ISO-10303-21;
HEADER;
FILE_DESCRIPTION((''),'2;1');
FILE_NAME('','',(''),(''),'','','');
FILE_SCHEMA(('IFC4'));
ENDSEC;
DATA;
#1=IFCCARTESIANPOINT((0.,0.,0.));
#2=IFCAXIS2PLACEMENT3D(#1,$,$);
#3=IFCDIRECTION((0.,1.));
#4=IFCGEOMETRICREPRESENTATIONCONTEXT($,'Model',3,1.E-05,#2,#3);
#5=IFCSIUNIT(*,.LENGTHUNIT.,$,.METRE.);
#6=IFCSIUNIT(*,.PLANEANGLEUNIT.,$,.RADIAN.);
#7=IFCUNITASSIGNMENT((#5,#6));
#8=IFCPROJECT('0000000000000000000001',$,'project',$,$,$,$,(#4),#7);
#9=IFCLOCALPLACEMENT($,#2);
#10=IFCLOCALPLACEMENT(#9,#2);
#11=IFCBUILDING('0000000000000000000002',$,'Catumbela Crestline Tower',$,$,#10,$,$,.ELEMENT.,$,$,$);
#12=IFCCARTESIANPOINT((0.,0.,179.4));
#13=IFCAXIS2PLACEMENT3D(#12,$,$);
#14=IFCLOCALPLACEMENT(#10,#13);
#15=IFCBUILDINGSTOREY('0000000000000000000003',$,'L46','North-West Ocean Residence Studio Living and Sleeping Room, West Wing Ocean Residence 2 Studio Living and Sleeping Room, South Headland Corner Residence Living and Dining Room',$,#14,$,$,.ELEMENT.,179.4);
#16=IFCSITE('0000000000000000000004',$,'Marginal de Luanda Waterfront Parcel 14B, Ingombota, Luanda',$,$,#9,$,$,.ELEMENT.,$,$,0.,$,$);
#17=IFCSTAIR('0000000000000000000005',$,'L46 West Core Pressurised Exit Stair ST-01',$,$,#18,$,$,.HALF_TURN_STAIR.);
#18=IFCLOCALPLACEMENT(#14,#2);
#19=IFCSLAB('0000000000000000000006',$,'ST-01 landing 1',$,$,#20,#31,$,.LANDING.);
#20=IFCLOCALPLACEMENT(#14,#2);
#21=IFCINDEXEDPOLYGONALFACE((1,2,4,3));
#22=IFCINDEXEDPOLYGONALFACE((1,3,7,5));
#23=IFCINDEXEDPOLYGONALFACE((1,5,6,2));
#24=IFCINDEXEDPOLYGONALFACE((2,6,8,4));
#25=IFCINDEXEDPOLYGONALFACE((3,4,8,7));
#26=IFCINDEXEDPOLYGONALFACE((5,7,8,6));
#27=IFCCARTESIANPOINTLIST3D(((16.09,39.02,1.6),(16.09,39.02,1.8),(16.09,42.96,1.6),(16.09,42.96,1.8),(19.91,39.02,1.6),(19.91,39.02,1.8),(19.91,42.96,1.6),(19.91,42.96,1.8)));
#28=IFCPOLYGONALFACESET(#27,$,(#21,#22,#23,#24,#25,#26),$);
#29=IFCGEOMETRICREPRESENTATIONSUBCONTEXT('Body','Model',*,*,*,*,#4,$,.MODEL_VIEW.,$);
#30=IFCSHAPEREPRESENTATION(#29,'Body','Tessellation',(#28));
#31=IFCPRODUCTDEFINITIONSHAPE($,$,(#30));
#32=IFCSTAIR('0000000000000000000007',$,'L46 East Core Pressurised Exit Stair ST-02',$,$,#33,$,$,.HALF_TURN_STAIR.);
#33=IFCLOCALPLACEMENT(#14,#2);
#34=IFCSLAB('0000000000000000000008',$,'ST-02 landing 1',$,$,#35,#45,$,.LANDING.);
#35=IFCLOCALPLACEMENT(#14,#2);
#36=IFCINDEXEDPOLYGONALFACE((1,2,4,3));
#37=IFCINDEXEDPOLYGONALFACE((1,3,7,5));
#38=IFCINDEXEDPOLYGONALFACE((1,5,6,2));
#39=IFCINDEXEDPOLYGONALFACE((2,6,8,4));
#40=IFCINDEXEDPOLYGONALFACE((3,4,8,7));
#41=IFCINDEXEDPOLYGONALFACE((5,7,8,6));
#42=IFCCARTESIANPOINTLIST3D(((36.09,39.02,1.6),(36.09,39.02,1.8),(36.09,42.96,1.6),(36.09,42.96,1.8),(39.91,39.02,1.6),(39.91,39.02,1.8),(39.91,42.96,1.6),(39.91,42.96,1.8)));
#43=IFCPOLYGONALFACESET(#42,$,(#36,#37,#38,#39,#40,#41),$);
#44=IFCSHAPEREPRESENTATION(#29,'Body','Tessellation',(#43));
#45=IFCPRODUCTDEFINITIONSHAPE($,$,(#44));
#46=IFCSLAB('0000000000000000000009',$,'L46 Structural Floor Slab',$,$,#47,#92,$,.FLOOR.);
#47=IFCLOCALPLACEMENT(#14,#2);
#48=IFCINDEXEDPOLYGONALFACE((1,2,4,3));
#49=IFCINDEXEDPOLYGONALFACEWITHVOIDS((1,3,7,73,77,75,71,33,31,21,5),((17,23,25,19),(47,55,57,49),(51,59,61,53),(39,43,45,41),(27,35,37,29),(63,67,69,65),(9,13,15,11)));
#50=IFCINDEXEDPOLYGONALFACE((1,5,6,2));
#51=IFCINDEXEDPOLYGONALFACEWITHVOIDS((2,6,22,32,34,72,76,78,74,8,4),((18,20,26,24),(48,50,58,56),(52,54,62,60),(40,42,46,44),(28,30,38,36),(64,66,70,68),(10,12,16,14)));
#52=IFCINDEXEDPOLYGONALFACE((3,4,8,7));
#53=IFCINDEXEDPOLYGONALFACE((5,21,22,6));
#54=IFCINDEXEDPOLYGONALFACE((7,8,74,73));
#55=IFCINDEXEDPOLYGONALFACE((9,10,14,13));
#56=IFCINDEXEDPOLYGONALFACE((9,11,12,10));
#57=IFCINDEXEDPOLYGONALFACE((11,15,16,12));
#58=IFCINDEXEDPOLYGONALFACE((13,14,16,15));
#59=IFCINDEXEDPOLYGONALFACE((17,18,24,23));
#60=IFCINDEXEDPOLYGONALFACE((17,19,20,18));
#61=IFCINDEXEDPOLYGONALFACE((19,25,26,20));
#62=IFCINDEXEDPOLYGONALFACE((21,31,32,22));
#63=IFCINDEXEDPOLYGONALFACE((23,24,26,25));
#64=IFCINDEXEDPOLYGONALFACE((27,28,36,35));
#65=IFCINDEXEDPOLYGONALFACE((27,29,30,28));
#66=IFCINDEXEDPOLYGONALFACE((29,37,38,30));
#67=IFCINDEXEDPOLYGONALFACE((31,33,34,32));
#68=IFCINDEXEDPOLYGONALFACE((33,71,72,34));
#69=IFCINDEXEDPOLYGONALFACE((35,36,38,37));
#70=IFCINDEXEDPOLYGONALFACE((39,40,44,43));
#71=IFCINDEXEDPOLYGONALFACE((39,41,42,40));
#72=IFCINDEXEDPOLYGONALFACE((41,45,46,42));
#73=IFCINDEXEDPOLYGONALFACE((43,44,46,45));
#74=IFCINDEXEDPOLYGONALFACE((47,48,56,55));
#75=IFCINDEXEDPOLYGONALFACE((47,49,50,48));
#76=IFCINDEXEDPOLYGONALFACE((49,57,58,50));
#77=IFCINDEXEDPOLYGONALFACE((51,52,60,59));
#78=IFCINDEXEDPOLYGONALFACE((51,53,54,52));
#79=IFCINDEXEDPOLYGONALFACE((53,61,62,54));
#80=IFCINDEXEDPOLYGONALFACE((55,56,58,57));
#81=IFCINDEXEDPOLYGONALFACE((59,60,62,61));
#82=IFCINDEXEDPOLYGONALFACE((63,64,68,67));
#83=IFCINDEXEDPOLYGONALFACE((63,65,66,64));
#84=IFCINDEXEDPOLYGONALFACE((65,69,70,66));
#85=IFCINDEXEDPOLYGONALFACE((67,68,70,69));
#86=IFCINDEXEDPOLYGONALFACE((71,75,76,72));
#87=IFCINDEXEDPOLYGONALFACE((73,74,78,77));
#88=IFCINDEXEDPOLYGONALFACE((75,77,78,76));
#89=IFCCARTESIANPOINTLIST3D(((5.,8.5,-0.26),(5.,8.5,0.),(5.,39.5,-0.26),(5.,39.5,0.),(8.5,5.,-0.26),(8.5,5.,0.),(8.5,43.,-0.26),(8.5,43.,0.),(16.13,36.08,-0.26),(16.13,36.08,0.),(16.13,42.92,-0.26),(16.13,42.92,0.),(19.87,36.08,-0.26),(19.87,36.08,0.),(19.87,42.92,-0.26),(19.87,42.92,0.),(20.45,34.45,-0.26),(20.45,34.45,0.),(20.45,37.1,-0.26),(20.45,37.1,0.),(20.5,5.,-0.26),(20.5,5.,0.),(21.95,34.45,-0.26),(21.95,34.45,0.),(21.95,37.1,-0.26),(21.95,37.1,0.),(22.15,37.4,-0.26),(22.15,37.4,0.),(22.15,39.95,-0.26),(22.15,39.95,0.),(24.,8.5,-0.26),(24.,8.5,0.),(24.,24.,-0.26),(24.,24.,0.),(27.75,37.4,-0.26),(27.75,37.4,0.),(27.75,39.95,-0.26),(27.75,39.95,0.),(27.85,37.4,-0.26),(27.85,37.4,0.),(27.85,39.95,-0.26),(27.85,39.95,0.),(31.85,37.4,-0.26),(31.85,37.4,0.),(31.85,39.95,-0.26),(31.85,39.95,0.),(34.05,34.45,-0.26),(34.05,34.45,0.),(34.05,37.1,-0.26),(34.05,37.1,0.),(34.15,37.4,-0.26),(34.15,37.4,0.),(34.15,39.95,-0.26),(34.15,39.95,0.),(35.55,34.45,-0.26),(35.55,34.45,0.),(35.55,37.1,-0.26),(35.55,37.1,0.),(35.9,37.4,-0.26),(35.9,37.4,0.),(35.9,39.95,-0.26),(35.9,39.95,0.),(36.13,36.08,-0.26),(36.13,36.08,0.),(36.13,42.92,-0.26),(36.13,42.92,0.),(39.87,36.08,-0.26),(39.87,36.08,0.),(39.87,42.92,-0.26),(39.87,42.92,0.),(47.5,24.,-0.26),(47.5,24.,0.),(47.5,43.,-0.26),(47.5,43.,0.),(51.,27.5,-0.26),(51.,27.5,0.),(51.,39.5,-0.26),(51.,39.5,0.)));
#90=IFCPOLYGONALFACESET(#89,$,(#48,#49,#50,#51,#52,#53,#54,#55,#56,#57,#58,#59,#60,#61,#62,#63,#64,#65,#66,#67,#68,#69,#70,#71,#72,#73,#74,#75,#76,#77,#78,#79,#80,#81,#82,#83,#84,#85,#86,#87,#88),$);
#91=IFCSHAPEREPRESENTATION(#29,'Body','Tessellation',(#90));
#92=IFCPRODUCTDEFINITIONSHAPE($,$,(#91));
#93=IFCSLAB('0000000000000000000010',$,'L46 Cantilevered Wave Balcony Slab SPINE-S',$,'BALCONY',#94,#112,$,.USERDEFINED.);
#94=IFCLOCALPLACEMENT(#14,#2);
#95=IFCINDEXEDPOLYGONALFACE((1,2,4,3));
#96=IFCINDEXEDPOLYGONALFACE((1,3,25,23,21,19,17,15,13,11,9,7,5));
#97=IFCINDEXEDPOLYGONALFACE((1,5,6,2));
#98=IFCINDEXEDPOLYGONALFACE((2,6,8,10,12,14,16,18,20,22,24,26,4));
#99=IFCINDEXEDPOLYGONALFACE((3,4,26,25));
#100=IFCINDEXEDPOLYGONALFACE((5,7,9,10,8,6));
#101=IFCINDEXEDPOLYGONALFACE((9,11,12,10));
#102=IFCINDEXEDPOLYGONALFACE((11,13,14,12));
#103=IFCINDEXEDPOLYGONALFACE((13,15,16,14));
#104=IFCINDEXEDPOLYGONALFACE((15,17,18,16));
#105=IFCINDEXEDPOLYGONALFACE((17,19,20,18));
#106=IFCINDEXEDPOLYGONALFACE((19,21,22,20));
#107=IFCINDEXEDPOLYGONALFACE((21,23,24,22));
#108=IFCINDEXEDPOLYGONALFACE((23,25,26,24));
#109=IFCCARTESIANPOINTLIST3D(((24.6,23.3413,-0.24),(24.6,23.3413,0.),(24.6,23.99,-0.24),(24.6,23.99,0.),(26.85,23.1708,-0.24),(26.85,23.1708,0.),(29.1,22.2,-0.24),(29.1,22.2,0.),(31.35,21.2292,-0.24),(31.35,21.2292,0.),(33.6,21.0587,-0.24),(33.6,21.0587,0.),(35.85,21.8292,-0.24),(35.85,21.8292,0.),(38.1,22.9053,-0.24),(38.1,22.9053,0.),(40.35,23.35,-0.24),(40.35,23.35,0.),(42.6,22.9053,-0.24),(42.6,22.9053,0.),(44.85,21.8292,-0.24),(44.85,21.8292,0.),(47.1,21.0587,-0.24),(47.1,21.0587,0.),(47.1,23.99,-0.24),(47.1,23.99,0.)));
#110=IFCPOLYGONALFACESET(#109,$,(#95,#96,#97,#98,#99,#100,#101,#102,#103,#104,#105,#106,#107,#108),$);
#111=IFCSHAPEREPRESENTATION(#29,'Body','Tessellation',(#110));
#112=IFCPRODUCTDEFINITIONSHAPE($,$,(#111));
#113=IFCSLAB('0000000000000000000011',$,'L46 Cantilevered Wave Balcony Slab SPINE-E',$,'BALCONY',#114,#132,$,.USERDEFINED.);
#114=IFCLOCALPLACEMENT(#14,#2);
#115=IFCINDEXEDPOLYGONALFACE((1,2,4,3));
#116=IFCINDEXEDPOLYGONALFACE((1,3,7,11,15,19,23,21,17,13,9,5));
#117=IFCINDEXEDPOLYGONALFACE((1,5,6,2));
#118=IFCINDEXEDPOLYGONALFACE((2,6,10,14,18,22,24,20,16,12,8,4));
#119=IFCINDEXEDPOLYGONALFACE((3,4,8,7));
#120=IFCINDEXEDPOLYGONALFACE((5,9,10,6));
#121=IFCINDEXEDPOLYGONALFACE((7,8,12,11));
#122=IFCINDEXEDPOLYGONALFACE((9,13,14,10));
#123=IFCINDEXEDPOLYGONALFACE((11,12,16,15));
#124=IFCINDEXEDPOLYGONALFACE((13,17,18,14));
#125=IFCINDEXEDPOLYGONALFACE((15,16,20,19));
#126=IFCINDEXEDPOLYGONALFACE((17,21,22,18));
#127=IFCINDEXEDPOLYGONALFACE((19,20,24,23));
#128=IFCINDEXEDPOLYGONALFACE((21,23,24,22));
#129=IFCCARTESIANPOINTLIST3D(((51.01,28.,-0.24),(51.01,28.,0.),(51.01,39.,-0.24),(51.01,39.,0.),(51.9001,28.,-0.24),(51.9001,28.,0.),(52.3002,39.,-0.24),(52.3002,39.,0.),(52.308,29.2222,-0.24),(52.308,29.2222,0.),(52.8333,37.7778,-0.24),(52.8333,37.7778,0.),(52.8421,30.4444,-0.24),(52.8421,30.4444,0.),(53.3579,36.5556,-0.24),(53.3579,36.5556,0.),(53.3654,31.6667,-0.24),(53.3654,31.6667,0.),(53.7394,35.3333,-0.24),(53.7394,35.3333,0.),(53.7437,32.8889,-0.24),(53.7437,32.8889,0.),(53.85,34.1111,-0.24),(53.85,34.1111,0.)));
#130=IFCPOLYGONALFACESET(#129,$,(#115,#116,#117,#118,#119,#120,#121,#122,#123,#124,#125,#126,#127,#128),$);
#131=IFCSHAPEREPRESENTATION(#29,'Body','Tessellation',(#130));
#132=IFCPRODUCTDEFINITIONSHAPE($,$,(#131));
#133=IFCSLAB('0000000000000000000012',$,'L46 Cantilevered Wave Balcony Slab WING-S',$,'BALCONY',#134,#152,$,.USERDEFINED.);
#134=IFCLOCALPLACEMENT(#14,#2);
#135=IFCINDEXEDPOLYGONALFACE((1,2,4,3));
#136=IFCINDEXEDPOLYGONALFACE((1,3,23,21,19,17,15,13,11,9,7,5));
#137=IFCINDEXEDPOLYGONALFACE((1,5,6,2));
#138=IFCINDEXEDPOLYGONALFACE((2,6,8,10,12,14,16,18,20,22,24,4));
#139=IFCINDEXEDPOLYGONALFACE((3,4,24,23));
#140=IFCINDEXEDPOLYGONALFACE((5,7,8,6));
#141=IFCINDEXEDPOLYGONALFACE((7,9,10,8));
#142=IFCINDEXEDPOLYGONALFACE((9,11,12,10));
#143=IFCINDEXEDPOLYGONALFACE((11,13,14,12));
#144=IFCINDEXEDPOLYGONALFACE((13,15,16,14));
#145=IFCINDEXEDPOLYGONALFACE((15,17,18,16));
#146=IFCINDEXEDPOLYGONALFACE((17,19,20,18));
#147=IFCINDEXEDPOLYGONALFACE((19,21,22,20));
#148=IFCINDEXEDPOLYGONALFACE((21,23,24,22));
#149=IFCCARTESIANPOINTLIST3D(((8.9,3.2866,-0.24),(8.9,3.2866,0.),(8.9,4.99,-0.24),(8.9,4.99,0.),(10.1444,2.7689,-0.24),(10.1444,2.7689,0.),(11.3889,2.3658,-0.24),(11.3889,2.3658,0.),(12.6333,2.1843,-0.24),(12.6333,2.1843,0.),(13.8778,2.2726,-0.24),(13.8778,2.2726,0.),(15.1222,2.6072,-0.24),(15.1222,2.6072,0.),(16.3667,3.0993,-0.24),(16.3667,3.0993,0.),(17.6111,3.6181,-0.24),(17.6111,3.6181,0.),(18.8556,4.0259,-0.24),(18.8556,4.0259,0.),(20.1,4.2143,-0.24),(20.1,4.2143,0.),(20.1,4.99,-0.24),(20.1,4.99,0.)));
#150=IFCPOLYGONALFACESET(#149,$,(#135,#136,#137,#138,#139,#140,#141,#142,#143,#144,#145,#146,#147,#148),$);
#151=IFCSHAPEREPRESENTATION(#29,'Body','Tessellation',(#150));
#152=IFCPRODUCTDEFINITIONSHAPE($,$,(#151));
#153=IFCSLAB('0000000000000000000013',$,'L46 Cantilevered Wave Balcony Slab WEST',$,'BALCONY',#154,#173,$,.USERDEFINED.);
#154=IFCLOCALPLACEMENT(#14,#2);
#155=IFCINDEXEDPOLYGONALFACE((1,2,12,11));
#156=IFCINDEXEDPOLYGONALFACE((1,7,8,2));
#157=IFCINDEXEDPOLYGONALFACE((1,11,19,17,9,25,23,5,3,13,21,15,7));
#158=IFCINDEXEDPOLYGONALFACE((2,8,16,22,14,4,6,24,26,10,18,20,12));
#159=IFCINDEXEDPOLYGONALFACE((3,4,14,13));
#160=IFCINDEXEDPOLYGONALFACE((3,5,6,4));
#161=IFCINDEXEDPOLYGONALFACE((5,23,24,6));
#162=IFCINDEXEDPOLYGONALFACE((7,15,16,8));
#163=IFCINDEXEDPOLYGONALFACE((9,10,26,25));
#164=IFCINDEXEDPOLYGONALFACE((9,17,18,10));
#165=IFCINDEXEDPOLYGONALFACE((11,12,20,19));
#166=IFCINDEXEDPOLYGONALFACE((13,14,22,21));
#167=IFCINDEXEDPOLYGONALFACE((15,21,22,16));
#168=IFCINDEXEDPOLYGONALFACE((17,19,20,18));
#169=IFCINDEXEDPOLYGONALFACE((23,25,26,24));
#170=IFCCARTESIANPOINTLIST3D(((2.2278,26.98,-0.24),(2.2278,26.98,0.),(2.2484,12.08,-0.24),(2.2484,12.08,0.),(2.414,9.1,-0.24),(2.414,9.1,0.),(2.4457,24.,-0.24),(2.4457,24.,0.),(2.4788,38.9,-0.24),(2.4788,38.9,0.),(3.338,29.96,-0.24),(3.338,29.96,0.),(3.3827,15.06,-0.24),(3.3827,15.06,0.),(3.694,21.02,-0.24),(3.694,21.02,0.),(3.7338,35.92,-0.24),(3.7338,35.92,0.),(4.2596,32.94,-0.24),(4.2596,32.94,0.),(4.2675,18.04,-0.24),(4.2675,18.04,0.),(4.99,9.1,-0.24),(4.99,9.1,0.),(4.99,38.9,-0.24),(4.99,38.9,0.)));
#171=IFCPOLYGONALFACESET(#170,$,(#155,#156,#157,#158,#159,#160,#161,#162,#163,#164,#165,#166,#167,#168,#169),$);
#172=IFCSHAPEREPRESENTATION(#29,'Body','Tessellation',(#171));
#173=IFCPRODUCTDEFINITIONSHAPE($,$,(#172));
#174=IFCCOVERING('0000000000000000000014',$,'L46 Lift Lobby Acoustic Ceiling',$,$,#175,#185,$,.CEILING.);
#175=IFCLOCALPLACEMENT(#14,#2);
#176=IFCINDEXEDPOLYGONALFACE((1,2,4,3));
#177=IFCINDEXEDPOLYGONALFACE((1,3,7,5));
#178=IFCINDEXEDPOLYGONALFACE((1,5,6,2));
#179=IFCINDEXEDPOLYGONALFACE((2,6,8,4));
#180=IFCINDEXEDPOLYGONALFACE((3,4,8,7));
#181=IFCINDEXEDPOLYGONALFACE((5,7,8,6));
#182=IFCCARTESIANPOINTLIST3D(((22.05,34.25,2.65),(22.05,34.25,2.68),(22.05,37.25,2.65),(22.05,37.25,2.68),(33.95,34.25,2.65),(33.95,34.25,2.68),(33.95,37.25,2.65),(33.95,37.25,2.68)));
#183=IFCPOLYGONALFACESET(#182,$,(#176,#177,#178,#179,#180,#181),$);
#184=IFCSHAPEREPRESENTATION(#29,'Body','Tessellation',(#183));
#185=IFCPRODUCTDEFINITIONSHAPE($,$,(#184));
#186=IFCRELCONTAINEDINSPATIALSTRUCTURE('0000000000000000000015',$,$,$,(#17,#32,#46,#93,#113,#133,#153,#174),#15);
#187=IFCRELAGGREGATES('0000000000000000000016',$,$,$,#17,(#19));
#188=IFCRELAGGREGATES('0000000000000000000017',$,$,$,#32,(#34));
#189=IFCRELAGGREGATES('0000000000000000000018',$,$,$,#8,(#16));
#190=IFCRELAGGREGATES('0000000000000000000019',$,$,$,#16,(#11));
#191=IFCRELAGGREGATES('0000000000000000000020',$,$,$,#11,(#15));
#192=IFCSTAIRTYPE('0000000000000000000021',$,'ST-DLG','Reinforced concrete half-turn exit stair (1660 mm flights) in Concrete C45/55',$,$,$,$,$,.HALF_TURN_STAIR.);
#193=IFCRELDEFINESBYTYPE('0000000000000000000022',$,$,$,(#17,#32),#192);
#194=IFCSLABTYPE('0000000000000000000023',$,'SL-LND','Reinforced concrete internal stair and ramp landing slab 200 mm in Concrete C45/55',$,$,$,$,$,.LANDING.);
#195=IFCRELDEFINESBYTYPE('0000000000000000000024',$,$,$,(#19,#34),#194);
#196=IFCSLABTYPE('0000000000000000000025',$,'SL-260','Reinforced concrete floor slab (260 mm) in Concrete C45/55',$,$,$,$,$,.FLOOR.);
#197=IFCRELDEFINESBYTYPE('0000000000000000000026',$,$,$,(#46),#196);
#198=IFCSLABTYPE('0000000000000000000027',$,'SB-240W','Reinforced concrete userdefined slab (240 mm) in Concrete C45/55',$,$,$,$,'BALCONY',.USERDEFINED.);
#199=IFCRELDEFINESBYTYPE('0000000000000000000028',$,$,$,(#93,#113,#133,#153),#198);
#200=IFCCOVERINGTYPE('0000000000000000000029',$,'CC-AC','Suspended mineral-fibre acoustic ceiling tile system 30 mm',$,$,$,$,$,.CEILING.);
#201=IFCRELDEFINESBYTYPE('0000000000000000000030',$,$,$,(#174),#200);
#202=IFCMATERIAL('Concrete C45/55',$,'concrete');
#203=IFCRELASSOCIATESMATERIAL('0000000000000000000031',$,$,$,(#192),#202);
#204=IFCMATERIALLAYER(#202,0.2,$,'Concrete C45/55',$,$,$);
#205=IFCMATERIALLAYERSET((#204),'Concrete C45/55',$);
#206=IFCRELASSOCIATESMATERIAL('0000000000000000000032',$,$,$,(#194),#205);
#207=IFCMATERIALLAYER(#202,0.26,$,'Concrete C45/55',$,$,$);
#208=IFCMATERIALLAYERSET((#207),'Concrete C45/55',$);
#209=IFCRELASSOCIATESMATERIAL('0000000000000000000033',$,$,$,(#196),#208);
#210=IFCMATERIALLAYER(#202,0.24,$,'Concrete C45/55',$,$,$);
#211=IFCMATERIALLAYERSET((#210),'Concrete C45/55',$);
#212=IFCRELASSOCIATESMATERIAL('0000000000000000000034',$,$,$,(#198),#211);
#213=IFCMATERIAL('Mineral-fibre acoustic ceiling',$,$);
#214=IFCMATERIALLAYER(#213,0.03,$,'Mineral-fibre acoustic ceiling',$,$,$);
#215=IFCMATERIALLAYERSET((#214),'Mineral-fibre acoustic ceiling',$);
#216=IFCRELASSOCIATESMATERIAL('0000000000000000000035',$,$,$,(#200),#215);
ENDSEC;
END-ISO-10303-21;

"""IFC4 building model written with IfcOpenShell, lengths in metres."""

from ifc_helpers import new_model, si_unit, direction, frame, origin, place, context, subcontext, project, spatial, polyline, outline, extrude, material, layer, layer_set, type_object, element, aggregate, save


model = new_model("IFC4")

# Units and contexts
model_context = context("Model", 3, precision=1e-05, world=origin(), true_north=direction((0.0, 1.0)))
body_context = subcontext(model_context, "Body", "Model", "MODEL_VIEW")
ifc_project = project(units=[si_unit("LENGTHUNIT", "METRE"), si_unit("PLANEANGLEUNIT", "RADIAN")], contexts=[model_context])

# Site, building, storey
site_placement = place(None, origin())
site = spatial("IfcSite", under=ifc_project, at=site_placement, Name="Marginal de Luanda Waterfront Parcel 14B, Ingombota, Luanda", CompositionType="ELEMENT", RefElevation=0.0)
building_placement = place(site_placement, origin())
building = spatial("IfcBuilding", under=site, at=building_placement, Name="Catumbela Crestline Tower", CompositionType="ELEMENT")
storey_placement = place(building_placement, frame((0.0, 0.0, 179.4)))
storey = spatial("IfcBuildingStorey", under=building, at=storey_placement, Name="L46", Description="North-West Ocean Residence Studio Living and Sleeping Room, West Wing Ocean Residence 2 Studio Living and Sleeping Room, South Headland Corner Residence Living and Dining Room", CompositionType="ELEMENT", Elevation=179.4)

# Stairs, slabs
ifc_material_1 = material(Name="Concrete C45/55", Category="concrete")
stair_type = type_object("IfcStairType", Name="ST-DLG", Description="Reinforced concrete half-turn exit stair (1660 mm flights) in Concrete C45/55", PredefinedType="HALF_TURN_STAIR", material=ifc_material_1)
stair_1_placement = place(storey_placement, origin())
stair_1 = element("IfcStair", 1, at=stair_1_placement, inside=storey, type_object=stair_type, Name="L46 West Core Pressurised Exit Stair ST-01", PredefinedType="HALF_TURN_STAIR")
ifc_layer_1 = layer(ifc_material_1, 0.2, Name="Concrete C45/55")
ifc_layer_set_1 = layer_set([ifc_layer_1], Name="Concrete C45/55")
slab_type_1 = type_object("IfcSlabType", Name="SL-LND", Description="Reinforced concrete internal stair and ramp landing slab 200 mm in Concrete C45/55", PredefinedType="LANDING", material=ifc_layer_set_1)
slab_1_placement = place(storey_placement, frame((0.0, 0.0, 1.6)))
slab_1 = element("IfcSlab", 2, at=slab_1_placement, type_object=slab_type_1, Name="ST-01 landing 1", PredefinedType="LANDING", context=body_context, shape_type="SweptSolid", body=[
    extrude(outline(polyline([(19.91, 39.02), (19.91, 42.96), (16.09, 42.96), (16.09, 39.02), (19.91, 39.02)])), origin(), (0.0, 0.0, 1.0), 0.2),
])
aggregate(stair_1, [slab_1])
stair_2_placement = place(storey_placement, origin())
stair_2 = element("IfcStair", 3, at=stair_2_placement, inside=storey, type_object=stair_type, Name="L46 East Core Pressurised Exit Stair ST-02", PredefinedType="HALF_TURN_STAIR")
slab_2_placement = place(storey_placement, frame((0.0, 0.0, 1.6)))
slab_2 = element("IfcSlab", 4, at=slab_2_placement, type_object=slab_type_1, Name="ST-02 landing 1", PredefinedType="LANDING", context=body_context, shape_type="SweptSolid", body=[
    extrude(outline(polyline([(39.91, 39.02), (39.91, 42.96), (36.09, 42.96), (36.09, 39.02), (39.91, 39.02)])), origin(), (0.0, 0.0, 1.0), 0.2),
])
aggregate(stair_2, [slab_2])

# Slabs
ifc_layer_2 = layer(ifc_material_1, 0.26, Name="Concrete C45/55")
ifc_layer_set_2 = layer_set([ifc_layer_2], Name="Concrete C45/55")
slab_type_2 = type_object("IfcSlabType", Name="SL-260", Description="Reinforced concrete floor slab (260 mm) in Concrete C45/55", PredefinedType="FLOOR", material=ifc_layer_set_2)
slab_3_placement = place(storey_placement, frame((0.0, 0.0, -0.26)))
element("IfcSlab", 5, at=slab_3_placement, inside=storey, type_object=slab_type_2, Name="L46 Structural Floor Slab", PredefinedType="FLOOR", context=body_context, shape_type="SweptSolid", body=[
    extrude(outline(polyline([(8.5, 5.0), (20.5, 5.0), (24.0, 8.5), (24.0, 24.0), (47.5, 24.0), (51.0, 27.5), (51.0, 39.5), (47.5, 43.0), (8.5, 43.0), (5.0, 39.5), (5.0, 8.5), (8.5, 5.0)]), holes=[polyline([(16.13, 36.08), (19.87, 36.08), (19.87, 42.92), (16.13, 42.92), (16.13, 36.08)]), polyline([(36.13, 36.08), (39.87, 36.08), (39.87, 42.92), (36.13, 42.92), (36.13, 36.08)]), polyline([(22.15, 37.4), (27.75, 37.4), (27.75, 39.95), (22.15, 39.95), (22.15, 37.4)]), polyline([(27.85, 37.4), (31.85, 37.4), (31.85, 39.95), (27.85, 39.95), (27.85, 37.4)]), polyline([(20.45, 34.45), (21.95, 34.45), (21.95, 37.1), (20.45, 37.1), (20.45, 34.45)]), polyline([(34.05, 34.45), (35.55, 34.45), (35.55, 37.1), (34.05, 37.1), (34.05, 34.45)]), polyline([(34.15, 37.4), (35.9, 37.4), (35.9, 39.95), (34.15, 39.95), (34.15, 37.4)])]), origin(), (0.0, 0.0, 1.0), 0.26),
])
ifc_layer_3 = layer(ifc_material_1, 0.24, Name="Concrete C45/55")
ifc_layer_set_3 = layer_set([ifc_layer_3], Name="Concrete C45/55")
slab_type_3 = type_object("IfcSlabType", Name="SB-240W", Description="Reinforced concrete userdefined slab (240 mm) in Concrete C45/55", ElementType="BALCONY", PredefinedType="USERDEFINED", material=ifc_layer_set_3)
slab_4_placement = place(storey_placement, frame((0.0, 0.0, -0.24)))
element("IfcSlab", 6, at=slab_4_placement, inside=storey, type_object=slab_type_3, Name="L46 Cantilevered Wave Balcony Slab SPINE-S", ObjectType="BALCONY", PredefinedType="USERDEFINED", context=body_context, shape_type="SweptSolid", body=[
    extrude(outline(polyline([(24.6, 23.3413), (26.85, 23.1708), (29.1, 22.2), (31.35, 21.2292), (33.6, 21.0587), (35.85, 21.8292), (38.1, 22.9053), (40.35, 23.35), (42.6, 22.9053), (44.85, 21.8292), (47.1, 21.0587), (47.1, 23.99), (24.6, 23.99), (24.6, 23.3413)])), origin(), (0.0, 0.0, 1.0), 0.24),
])
slab_5_placement = place(storey_placement, frame((0.0, 0.0, -0.24)))
element("IfcSlab", 7, at=slab_5_placement, inside=storey, type_object=slab_type_3, Name="L46 Cantilevered Wave Balcony Slab SPINE-E", ObjectType="BALCONY", PredefinedType="USERDEFINED", context=body_context, shape_type="SweptSolid", body=[
    extrude(outline(polyline([(51.01, 28.0), (51.9001, 28.0), (52.308, 29.2222), (52.8421, 30.4444), (53.3654, 31.6667), (53.7437, 32.8889), (53.85, 34.1111), (53.7394, 35.3333), (53.3579, 36.5556), (52.8333, 37.7778), (52.3002, 39.0), (51.01, 39.0), (51.01, 28.0)])), origin(), (0.0, 0.0, 1.0), 0.24),
])
slab_6_placement = place(storey_placement, frame((0.0, 0.0, -0.24)))
element("IfcSlab", 8, at=slab_6_placement, inside=storey, type_object=slab_type_3, Name="L46 Cantilevered Wave Balcony Slab WING-S", ObjectType="BALCONY", PredefinedType="USERDEFINED", context=body_context, shape_type="SweptSolid", body=[
    extrude(outline(polyline([(8.9, 3.2866), (10.1444, 2.7689), (11.3889, 2.3658), (12.6333, 2.1843), (13.8778, 2.2726), (15.1222, 2.6072), (16.3667, 3.0993), (17.6111, 3.6181), (18.8556, 4.0259), (20.1, 4.2143), (20.1, 4.99), (8.9, 4.99), (8.9, 3.2866)])), origin(), (0.0, 0.0, 1.0), 0.24),
])
slab_7_placement = place(storey_placement, frame((0.0, 0.0, -0.24)))
element("IfcSlab", 9, at=slab_7_placement, inside=storey, type_object=slab_type_3, Name="L46 Cantilevered Wave Balcony Slab WEST", ObjectType="BALCONY", PredefinedType="USERDEFINED", context=body_context, shape_type="SweptSolid", body=[
    extrude(outline(polyline([(4.99, 38.9), (2.4788, 38.9), (3.7338, 35.92), (4.2596, 32.94), (3.338, 29.96), (2.2278, 26.98), (2.4457, 24.0), (3.694, 21.02), (4.2675, 18.04), (3.3827, 15.06), (2.2484, 12.08), (2.414, 9.1), (4.99, 9.1), (4.99, 38.9)])), origin(), (0.0, 0.0, 1.0), 0.24),
])

# Covering
ifc_material_2 = material(Name="Mineral-fibre acoustic ceiling")
ifc_layer_4 = layer(ifc_material_2, 0.03, Name="Mineral-fibre acoustic ceiling")
ifc_layer_set_4 = layer_set([ifc_layer_4], Name="Mineral-fibre acoustic ceiling")
covering_type_1 = type_object("IfcCoveringType", Name="CC-AC", Description="Suspended mineral-fibre acoustic ceiling tile system 30 mm", PredefinedType="CEILING", material=ifc_layer_set_4)
covering_1_placement = place(storey_placement, frame((0.0, 0.0, 2.65)))
element("IfcCovering", 10, at=covering_1_placement, inside=storey, type_object=covering_type_1, Name="L46 Lift Lobby Acoustic Ceiling", PredefinedType="CEILING", context=body_context, shape_type="SweptSolid", body=[
    extrude(outline(polyline([(22.05, 34.25), (33.95, 34.25), (33.95, 37.25), (22.05, 37.25), (22.05, 34.25)])), origin(), (0.0, 0.0, 1.0), 0.03),
])

save(model, "model.ifc")
